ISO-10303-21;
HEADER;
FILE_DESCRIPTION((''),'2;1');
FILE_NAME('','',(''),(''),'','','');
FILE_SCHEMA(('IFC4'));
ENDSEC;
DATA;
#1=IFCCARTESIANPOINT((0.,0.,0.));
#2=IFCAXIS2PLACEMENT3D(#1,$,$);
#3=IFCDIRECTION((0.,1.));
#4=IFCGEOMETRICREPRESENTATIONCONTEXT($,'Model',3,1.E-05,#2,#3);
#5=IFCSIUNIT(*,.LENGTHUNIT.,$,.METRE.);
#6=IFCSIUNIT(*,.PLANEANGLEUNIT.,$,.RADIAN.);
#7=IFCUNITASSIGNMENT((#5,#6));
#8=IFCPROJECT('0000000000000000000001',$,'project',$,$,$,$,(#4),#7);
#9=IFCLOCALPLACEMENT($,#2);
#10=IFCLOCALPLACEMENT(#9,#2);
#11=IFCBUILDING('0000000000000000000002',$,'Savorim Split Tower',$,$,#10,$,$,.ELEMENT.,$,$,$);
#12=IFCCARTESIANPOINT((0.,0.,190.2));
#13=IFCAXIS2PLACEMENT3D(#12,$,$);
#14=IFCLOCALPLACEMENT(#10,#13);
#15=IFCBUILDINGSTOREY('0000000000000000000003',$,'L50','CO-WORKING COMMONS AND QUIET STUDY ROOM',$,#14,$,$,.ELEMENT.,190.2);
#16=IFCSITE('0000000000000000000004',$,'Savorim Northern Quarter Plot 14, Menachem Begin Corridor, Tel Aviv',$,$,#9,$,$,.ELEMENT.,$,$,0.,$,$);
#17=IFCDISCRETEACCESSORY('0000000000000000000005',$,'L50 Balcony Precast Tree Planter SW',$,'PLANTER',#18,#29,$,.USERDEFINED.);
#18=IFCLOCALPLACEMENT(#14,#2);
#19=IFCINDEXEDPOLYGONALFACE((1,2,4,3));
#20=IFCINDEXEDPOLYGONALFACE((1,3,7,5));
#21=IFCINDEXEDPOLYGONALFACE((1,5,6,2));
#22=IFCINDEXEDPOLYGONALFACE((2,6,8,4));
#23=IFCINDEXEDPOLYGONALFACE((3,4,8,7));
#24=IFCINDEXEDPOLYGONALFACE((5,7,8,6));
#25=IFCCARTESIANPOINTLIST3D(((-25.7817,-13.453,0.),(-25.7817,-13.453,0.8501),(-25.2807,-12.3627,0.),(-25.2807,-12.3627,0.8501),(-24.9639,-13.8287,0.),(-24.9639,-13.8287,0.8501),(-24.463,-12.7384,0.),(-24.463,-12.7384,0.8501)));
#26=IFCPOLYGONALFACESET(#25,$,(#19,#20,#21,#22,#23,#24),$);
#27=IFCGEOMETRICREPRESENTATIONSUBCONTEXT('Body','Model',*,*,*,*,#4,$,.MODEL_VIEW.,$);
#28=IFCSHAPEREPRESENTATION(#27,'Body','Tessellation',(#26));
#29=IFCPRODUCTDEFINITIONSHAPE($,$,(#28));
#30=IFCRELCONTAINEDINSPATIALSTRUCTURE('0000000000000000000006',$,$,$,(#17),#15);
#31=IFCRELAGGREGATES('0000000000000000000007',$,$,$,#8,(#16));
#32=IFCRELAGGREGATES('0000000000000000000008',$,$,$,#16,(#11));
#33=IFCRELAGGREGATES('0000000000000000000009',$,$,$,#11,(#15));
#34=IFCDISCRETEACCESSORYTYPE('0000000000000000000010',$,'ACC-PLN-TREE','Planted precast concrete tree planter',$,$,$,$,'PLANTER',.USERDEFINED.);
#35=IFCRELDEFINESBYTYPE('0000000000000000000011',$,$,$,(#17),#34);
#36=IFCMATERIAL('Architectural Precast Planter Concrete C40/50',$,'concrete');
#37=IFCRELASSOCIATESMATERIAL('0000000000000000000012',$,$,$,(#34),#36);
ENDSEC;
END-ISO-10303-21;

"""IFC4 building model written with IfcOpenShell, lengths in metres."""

from ifc_helpers import new_model, si_unit, direction, frame, origin, origin_2d, place, context, subcontext, project, spatial, rectangle, extrude, material, type_object, element, save


model = new_model("IFC4")

# Units and contexts
model_context = context("Model", 3, precision=1e-05, world=origin(), true_north=direction((0.0, 1.0)))
body_context = subcontext(model_context, "Body", "Model", "MODEL_VIEW")
ifc_project = project(units=[si_unit("LENGTHUNIT", "METRE"), si_unit("PLANEANGLEUNIT", "RADIAN")], contexts=[model_context])

# Site, building, storey
site_placement = place(None, origin())
site = spatial("IfcSite", under=ifc_project, at=site_placement, Name="Savorim Northern Quarter Plot 14, Menachem Begin Corridor, Tel Aviv", CompositionType="ELEMENT", RefElevation=0.0)
building_placement = place(site_placement, origin())
building = spatial("IfcBuilding", under=site, at=building_placement, Name="Savorim Split Tower", CompositionType="ELEMENT")
storey_placement = place(building_placement, frame((0.0, 0.0, 190.2)))
storey = spatial("IfcBuildingStorey", under=building, at=storey_placement, Name="L50", Description="CO-WORKING COMMONS AND QUIET STUDY ROOM", CompositionType="ELEMENT", Elevation=190.2)

# Discrete accessory
ifc_material_1 = material(Name="Architectural Precast Planter Concrete C40/50", Category="concrete")
discrete_accessory_type_1 = type_object("IfcDiscreteAccessoryType", Name="ACC-PLN-TREE", Description="Planted precast concrete tree planter", ElementType="PLANTER", PredefinedType="USERDEFINED", material=ifc_material_1)
discrete_accessory_placement = place(storey_placement, frame((-25.1223, -13.0957, 0.0), z_axis=(0.0, 0.0, 1.0), x_axis=(-0.417483, -0.908685, 0.0)))
element("IfcDiscreteAccessory", 1, at=discrete_accessory_placement, inside=storey, type_object=discrete_accessory_type_1, Name="L50 Balcony Precast Tree Planter SW", ObjectType="PLANTER", PredefinedType="USERDEFINED", context=body_context, shape_type="SweptSolid", body=[
    extrude(rectangle(XDim=1.2, YDim=0.8999, at=origin_2d()), origin(), (0.0, 0.0, 1.0), 0.8501),
])

save(model, "model.ifc")
